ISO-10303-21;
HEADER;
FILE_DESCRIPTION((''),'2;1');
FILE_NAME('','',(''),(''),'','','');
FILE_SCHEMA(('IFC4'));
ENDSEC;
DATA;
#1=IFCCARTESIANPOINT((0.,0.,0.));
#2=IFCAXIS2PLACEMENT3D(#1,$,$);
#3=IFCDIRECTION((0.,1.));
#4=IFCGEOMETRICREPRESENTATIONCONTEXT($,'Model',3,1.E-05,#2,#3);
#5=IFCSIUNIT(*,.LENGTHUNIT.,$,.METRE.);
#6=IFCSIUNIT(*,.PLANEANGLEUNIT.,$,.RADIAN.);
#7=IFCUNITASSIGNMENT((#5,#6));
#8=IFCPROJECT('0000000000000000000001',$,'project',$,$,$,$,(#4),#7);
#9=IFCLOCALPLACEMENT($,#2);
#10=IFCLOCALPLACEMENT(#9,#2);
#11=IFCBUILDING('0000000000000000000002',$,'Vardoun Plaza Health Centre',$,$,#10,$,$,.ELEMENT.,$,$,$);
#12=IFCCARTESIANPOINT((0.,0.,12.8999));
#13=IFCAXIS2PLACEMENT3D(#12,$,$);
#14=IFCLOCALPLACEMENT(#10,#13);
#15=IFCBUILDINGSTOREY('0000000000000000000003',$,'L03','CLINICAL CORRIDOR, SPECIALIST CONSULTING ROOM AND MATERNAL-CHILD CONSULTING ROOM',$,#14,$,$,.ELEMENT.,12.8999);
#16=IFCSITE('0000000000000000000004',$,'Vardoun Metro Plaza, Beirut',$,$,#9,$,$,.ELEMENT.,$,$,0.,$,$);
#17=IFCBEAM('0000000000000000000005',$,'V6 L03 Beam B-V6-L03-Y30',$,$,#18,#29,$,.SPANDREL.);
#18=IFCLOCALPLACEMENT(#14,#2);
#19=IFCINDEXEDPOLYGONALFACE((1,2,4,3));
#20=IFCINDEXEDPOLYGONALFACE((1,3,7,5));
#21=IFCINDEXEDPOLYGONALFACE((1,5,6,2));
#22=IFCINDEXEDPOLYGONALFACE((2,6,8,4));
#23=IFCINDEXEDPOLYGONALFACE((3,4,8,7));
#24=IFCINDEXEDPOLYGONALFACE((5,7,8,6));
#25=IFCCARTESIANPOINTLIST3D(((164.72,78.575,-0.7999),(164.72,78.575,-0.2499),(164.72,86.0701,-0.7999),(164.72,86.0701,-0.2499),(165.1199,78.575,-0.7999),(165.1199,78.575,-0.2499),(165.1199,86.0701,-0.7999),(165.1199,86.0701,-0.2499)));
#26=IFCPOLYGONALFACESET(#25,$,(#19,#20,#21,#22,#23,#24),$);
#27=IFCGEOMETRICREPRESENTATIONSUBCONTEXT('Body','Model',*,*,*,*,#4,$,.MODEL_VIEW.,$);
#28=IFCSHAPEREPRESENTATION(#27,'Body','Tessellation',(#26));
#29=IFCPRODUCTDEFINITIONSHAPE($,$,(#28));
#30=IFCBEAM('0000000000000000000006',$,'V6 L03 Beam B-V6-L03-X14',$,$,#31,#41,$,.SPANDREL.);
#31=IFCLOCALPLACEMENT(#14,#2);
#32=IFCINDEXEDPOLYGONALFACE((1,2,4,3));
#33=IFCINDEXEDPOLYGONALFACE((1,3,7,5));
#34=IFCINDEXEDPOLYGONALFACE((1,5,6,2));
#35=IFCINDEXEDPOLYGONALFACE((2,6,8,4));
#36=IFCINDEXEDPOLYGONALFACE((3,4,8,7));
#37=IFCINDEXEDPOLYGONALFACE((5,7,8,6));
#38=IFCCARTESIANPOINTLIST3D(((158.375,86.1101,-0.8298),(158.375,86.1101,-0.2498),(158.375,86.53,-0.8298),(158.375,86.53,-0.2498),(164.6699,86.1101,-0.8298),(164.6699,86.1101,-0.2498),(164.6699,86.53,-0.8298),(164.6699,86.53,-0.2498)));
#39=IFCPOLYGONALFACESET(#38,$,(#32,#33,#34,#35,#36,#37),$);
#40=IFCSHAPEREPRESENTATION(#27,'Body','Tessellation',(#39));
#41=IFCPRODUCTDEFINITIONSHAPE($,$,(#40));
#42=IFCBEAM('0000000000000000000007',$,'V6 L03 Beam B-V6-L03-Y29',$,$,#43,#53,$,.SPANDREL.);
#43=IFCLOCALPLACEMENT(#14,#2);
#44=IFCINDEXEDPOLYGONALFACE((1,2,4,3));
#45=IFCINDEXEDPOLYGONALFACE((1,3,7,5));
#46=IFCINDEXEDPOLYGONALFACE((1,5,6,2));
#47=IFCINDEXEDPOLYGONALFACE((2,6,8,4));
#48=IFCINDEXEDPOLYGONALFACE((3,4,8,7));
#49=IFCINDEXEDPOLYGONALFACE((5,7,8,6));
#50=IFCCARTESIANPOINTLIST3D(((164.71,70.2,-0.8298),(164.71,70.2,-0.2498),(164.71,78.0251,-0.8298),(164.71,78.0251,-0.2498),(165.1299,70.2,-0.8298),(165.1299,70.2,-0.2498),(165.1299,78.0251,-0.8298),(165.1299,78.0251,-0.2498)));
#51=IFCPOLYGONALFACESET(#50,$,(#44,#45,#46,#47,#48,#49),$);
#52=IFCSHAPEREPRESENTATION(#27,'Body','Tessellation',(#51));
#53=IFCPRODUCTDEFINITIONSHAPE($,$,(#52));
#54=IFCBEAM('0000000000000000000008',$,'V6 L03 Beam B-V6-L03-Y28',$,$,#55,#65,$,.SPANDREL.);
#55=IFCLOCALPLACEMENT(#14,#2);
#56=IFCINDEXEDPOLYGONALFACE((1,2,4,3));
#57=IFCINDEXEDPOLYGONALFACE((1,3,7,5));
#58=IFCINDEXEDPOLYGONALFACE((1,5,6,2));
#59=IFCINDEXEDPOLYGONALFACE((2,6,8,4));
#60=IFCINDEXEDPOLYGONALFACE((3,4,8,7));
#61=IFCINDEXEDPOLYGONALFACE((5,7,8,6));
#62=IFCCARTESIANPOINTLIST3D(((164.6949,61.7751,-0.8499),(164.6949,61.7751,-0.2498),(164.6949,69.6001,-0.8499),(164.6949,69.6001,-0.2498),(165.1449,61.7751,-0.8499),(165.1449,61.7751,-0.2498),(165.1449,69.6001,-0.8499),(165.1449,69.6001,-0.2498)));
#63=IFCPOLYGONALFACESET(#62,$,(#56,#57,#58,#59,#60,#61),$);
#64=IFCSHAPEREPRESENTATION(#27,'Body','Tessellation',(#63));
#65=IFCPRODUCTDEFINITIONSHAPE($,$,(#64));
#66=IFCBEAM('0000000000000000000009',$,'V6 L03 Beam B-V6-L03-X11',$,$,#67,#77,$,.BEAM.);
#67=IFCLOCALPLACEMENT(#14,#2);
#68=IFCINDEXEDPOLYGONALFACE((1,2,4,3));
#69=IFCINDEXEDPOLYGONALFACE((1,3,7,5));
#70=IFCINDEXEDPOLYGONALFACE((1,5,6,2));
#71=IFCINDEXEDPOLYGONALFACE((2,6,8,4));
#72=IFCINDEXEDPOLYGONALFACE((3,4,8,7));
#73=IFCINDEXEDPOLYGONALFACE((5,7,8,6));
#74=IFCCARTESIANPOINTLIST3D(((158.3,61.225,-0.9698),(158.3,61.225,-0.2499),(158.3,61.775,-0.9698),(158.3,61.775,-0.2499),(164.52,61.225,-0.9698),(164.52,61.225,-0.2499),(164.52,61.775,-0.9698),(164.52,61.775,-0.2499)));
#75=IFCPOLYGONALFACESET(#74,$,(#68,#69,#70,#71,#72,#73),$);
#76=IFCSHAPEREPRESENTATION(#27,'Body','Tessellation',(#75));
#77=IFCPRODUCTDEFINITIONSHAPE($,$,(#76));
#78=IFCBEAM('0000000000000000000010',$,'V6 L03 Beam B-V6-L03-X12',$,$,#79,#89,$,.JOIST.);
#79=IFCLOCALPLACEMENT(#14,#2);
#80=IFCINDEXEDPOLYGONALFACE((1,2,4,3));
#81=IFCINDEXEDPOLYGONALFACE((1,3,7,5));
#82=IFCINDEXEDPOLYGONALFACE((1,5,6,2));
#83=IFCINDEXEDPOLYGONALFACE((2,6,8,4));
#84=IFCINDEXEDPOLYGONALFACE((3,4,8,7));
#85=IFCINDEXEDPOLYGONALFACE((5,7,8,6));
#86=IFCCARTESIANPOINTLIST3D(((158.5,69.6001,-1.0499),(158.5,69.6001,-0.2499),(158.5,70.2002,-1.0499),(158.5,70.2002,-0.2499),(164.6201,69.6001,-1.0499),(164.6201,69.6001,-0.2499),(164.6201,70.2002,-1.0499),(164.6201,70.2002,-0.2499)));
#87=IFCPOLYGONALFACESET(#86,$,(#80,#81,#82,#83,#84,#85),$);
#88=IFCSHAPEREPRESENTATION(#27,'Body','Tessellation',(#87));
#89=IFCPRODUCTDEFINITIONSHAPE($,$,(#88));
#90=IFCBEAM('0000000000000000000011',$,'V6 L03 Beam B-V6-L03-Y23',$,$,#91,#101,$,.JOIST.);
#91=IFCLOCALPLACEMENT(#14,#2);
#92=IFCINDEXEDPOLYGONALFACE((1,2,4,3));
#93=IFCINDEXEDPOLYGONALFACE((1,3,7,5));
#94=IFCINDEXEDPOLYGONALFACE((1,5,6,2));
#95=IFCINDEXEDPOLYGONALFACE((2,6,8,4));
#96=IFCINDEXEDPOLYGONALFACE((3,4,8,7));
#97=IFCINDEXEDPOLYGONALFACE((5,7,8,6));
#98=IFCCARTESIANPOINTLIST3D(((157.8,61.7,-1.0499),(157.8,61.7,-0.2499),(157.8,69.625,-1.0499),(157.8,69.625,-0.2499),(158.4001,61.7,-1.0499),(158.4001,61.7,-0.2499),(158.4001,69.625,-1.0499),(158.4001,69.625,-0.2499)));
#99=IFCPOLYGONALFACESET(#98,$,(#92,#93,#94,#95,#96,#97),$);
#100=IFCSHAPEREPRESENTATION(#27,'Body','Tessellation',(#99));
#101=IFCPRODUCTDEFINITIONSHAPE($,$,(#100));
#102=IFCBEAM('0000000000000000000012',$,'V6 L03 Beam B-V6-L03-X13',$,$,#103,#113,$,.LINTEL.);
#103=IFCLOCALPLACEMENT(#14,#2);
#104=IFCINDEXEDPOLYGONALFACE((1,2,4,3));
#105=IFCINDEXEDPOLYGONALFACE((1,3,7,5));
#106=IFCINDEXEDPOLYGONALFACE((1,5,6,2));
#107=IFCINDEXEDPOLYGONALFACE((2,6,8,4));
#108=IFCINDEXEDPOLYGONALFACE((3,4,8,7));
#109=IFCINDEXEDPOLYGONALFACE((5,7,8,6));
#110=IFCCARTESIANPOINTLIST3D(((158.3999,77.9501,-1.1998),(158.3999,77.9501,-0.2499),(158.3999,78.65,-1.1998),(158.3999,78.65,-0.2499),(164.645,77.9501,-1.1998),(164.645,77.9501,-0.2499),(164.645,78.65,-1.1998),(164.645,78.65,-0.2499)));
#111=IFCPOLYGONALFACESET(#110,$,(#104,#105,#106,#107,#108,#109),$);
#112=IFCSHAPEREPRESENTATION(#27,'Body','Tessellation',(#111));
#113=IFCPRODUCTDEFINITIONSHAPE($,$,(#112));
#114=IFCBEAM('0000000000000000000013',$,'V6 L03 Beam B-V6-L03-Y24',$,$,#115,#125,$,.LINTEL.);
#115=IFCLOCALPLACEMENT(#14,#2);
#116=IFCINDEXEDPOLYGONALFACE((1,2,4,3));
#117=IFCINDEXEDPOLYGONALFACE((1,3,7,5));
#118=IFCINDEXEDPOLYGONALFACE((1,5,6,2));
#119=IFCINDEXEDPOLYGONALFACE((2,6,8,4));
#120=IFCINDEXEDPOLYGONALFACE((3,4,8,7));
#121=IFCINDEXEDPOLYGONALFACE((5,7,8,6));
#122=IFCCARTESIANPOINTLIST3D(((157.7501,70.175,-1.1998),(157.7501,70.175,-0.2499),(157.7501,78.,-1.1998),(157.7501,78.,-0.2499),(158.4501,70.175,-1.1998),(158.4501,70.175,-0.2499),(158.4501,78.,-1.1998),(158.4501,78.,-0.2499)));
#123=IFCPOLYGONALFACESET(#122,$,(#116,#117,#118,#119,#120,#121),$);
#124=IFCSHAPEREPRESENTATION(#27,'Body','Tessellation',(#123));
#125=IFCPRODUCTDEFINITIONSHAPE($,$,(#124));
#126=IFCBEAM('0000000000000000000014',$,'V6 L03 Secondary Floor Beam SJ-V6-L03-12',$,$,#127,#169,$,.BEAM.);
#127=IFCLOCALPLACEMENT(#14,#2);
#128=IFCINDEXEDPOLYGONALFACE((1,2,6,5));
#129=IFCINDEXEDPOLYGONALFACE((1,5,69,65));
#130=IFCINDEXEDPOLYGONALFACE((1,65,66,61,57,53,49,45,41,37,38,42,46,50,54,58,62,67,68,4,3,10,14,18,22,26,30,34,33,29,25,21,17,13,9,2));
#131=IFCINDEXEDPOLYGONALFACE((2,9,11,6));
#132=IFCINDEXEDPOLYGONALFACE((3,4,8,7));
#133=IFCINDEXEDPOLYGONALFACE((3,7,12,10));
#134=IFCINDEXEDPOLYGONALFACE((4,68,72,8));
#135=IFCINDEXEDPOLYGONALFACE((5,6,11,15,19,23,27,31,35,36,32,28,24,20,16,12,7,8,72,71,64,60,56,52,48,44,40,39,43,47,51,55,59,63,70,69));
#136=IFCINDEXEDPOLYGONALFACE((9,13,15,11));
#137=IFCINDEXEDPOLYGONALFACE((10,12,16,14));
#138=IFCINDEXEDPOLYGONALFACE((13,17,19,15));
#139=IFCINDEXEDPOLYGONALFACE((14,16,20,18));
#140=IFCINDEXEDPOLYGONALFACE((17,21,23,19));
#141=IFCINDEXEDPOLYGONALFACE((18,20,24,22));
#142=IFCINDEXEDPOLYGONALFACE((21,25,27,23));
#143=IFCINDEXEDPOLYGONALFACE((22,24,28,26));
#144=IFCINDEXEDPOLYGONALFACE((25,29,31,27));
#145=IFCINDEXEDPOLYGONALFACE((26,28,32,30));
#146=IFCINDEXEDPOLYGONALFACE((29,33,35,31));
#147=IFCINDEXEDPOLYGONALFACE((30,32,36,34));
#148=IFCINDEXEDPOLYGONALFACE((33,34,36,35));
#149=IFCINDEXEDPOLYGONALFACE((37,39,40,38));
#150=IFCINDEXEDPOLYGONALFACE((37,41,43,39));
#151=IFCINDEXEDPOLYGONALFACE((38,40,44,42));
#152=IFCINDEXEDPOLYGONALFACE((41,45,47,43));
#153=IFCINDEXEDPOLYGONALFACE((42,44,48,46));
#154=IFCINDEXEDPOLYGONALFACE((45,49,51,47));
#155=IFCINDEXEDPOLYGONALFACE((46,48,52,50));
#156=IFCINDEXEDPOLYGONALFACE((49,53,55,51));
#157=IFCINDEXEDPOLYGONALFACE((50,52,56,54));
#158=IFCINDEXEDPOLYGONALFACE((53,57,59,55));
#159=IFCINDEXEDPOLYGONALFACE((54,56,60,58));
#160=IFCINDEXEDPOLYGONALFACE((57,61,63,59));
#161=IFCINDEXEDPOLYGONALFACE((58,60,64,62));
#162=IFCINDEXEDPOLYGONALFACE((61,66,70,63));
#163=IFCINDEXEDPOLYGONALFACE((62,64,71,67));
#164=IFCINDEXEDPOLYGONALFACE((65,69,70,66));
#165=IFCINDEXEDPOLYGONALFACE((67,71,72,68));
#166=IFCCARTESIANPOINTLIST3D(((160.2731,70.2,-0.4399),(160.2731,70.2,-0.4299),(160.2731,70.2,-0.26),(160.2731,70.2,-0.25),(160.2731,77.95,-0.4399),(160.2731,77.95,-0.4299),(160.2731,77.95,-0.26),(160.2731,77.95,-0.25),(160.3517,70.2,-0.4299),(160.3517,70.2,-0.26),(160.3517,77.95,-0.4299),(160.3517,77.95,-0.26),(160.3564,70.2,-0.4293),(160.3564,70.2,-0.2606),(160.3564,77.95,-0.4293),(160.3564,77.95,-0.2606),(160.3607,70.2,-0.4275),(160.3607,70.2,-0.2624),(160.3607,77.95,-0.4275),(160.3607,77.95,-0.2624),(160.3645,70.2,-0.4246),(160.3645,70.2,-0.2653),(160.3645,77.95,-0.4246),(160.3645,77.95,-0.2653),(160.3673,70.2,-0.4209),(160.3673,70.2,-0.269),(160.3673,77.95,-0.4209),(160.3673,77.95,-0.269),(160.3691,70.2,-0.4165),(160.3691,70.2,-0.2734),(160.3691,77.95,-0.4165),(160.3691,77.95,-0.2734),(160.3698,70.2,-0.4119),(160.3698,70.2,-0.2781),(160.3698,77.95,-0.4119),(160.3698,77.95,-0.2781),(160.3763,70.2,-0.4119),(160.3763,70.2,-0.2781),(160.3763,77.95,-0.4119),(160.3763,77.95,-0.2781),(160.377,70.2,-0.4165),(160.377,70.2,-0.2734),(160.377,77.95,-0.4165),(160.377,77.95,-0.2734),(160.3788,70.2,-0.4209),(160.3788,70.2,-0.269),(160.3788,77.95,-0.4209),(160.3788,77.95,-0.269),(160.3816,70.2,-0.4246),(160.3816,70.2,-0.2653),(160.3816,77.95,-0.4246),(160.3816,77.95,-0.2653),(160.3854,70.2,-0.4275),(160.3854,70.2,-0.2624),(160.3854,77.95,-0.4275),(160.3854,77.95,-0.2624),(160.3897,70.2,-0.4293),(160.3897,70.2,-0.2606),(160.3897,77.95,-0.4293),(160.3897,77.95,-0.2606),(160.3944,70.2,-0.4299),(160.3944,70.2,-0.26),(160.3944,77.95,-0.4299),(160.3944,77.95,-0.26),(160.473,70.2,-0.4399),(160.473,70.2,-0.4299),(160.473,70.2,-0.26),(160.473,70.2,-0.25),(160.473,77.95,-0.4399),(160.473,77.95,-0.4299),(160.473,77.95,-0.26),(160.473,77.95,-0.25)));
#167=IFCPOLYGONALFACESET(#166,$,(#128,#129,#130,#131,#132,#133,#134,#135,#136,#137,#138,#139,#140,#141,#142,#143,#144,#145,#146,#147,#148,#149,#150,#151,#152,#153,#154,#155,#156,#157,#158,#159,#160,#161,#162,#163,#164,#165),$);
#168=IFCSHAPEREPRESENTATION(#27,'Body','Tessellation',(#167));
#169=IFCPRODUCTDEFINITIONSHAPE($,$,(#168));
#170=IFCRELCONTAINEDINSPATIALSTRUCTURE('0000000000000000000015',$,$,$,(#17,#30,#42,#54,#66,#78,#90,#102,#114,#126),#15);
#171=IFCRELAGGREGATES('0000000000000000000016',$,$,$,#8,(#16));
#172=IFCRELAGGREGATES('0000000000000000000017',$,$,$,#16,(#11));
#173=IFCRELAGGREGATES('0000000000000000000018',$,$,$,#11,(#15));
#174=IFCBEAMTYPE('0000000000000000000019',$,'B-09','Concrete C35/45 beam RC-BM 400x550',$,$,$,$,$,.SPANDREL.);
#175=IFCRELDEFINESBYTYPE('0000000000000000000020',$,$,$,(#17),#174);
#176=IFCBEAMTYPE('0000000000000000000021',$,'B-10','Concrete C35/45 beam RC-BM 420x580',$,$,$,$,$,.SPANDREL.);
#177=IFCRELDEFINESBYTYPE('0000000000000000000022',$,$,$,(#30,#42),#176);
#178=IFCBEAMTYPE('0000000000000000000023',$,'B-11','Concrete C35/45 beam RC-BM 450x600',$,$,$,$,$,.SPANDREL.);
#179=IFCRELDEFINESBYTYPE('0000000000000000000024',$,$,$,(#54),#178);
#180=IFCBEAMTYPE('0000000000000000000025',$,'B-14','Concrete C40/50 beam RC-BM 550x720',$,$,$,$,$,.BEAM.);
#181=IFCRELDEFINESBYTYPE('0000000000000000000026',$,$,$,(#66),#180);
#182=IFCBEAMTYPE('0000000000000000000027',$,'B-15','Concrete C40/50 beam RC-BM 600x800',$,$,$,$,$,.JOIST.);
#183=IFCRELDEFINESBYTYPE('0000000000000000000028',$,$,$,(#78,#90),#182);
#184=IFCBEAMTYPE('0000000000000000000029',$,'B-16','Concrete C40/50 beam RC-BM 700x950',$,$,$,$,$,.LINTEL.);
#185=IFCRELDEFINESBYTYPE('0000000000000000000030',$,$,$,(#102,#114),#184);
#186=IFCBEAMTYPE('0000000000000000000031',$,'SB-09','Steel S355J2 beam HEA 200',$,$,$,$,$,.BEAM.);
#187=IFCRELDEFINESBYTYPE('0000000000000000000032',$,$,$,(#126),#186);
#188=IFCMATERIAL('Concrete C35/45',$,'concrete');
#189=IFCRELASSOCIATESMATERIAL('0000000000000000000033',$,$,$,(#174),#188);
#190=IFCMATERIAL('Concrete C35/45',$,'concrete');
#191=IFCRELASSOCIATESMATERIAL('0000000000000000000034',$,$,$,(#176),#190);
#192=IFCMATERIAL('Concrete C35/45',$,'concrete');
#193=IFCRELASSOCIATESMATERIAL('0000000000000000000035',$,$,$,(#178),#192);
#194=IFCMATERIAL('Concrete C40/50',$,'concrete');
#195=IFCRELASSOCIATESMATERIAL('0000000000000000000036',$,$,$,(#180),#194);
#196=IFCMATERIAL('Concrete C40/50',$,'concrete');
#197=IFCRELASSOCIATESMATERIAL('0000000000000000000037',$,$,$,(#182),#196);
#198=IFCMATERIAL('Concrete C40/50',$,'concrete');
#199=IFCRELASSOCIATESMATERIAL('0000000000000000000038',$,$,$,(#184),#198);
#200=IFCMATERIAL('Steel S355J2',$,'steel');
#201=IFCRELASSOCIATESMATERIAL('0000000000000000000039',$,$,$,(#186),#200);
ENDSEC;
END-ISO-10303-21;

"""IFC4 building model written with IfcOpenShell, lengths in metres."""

from ifc_helpers import new_model, si_unit, direction, frame, origin, origin_2d, place, context, subcontext, project, spatial, rectangle, i_section, extrude, material, material_profile, profile_set, type_object, element, save


model = new_model("IFC4")

# Units and contexts
model_context = context("Model", 3, precision=1e-05, world=origin(), true_north=direction((0.0, 1.0)))
body_context = subcontext(model_context, "Body", "Model", "MODEL_VIEW")
ifc_project = project(units=[si_unit("LENGTHUNIT", "METRE"), si_unit("PLANEANGLEUNIT", "RADIAN")], contexts=[model_context])

# Site, building, storey
site_placement = place(None, origin())
site = spatial("IfcSite", under=ifc_project, at=site_placement, Name="Vardoun Metro Plaza, Beirut", CompositionType="ELEMENT", RefElevation=0.0)
building_placement = place(site_placement, origin())
building = spatial("IfcBuilding", under=site, at=building_placement, Name="Vardoun Plaza Health Centre", CompositionType="ELEMENT")
storey_placement = place(building_placement, frame((0.0, 0.0, 12.8999)))
storey = spatial("IfcBuildingStorey", under=building, at=storey_placement, Name="L03", Description="CLINICAL CORRIDOR, SPECIALIST CONSULTING ROOM AND MATERNAL-CHILD CONSULTING ROOM", CompositionType="ELEMENT", Elevation=12.8999)

# Beams
ifc_material_1 = material(Name="Concrete C35/45", Category="concrete")
ifc_material_profile_1 = material_profile(ifc_material_1, rectangle(XDim=0.3999, YDim=0.55, at=origin_2d()), Name="RC-BM 400x550")
ifc_profile_set_1 = profile_set([ifc_material_profile_1], Name="Concrete C35/45")
beam_type_1 = type_object("IfcBeamType", Name="B-09", Description="Concrete C35/45 beam RC-BM 400x550", PredefinedType="SPANDREL", material=ifc_profile_set_1)
beam_1_placement = place(storey_placement, frame((164.9199, 78.575, -0.5249), z_axis=(0.0, 1.0, 0.0), x_axis=(-1.0, 0.0, 0.0)))
element("IfcBeam", 1, at=beam_1_placement, inside=storey, type_object=beam_type_1, Name="V6 L03 Beam B-V6-L03-Y30", PredefinedType="SPANDREL", context=body_context, shape_type="SweptSolid", body=[
    extrude(rectangle(XDim=0.3999, YDim=0.55, at=origin_2d()), origin(), (0.0, 0.0, 1.0), 7.4951),
])
ifc_material_2 = material(Name="Concrete C35/45", Category="concrete")
ifc_material_profile_2 = material_profile(ifc_material_2, rectangle(XDim=0.4199, YDim=0.5801, at=origin_2d()), Name="RC-BM 420x580")
ifc_profile_set_2 = profile_set([ifc_material_profile_2], Name="Concrete C35/45")
beam_type_2 = type_object("IfcBeamType", Name="B-10", Description="Concrete C35/45 beam RC-BM 420x580", PredefinedType="SPANDREL", material=ifc_profile_set_2)
beam_2_placement = place(storey_placement, frame((158.375, 86.3201, -0.5398), z_axis=(1.0, 0.0, 0.0), x_axis=(0.0, 1.0, 0.0)))
element("IfcBeam", 2, at=beam_2_placement, inside=storey, type_object=beam_type_2, Name="V6 L03 Beam B-V6-L03-X14", PredefinedType="SPANDREL", context=body_context, shape_type="SweptSolid", body=[
    extrude(rectangle(XDim=0.4199, YDim=0.5801, at=origin_2d()), origin(), (0.0, 0.0, 1.0), 6.2949),
])
beam_3_placement = place(storey_placement, frame((164.9199, 70.2, -0.5398), z_axis=(0.0, 1.0, 0.0), x_axis=(-1.0, 0.0, 0.0)))
element("IfcBeam", 3, at=beam_3_placement, inside=storey, type_object=beam_type_2, Name="V6 L03 Beam B-V6-L03-Y29", PredefinedType="SPANDREL", context=body_context, shape_type="SweptSolid", body=[
    extrude(rectangle(XDim=0.4199, YDim=0.5801, at=origin_2d()), origin(), (0.0, 0.0, 1.0), 7.8252),
])
ifc_material_3 = material(Name="Concrete C35/45", Category="concrete")
ifc_material_profile_3 = material_profile(ifc_material_3, rectangle(XDim=0.45, YDim=0.6001, at=origin_2d()), Name="RC-BM 450x600")
ifc_profile_set_3 = profile_set([ifc_material_profile_3], Name="Concrete C35/45")
beam_type_3 = type_object("IfcBeamType", Name="B-11", Description="Concrete C35/45 beam RC-BM 450x600", PredefinedType="SPANDREL", material=ifc_profile_set_3)
beam_4_placement = place(storey_placement, frame((164.9199, 61.7751, -0.5498), z_axis=(0.0, 1.0, 0.0), x_axis=(-1.0, 0.0, 0.0)))
element("IfcBeam", 4, at=beam_4_placement, inside=storey, type_object=beam_type_3, Name="V6 L03 Beam B-V6-L03-Y28", PredefinedType="SPANDREL", context=body_context, shape_type="SweptSolid", body=[
    extrude(rectangle(XDim=0.45, YDim=0.6001, at=origin_2d()), origin(), (0.0, 0.0, 1.0), 7.825),
])
ifc_material_4 = material(Name="Concrete C40/50", Category="concrete")
ifc_material_profile_4 = material_profile(ifc_material_4, rectangle(XDim=0.55, YDim=0.72, at=origin_2d()), Name="RC-BM 550x720")
ifc_profile_set_4 = profile_set([ifc_material_profile_4], Name="Concrete C40/50")
beam_type_4 = type_object("IfcBeamType", Name="B-14", Description="Concrete C40/50 beam RC-BM 550x720", PredefinedType="BEAM", material=ifc_profile_set_4)
beam_5_placement = place(storey_placement, frame((158.3, 61.5, -0.6099), z_axis=(1.0, 0.0, 0.0), x_axis=(0.0, 1.0, 0.0)))
element("IfcBeam", 5, at=beam_5_placement, inside=storey, type_object=beam_type_4, Name="V6 L03 Beam B-V6-L03-X11", PredefinedType="BEAM", context=body_context, shape_type="SweptSolid", body=[
    extrude(rectangle(XDim=0.55, YDim=0.72, at=origin_2d()), origin(), (0.0, 0.0, 1.0), 6.22),
])
ifc_material_5 = material(Name="Concrete C40/50", Category="concrete")
ifc_material_profile_5 = material_profile(ifc_material_5, rectangle(XDim=0.6001, YDim=0.8, at=origin_2d()), Name="RC-BM 600x800")
ifc_profile_set_5 = profile_set([ifc_material_profile_5], Name="Concrete C40/50")
beam_type_5 = type_object("IfcBeamType", Name="B-15", Description="Concrete C40/50 beam RC-BM 600x800", PredefinedType="JOIST", material=ifc_profile_set_5)
beam_6_placement = place(storey_placement, frame((158.5, 69.9001, -0.6499), z_axis=(1.0, 0.0, 0.0), x_axis=(0.0, 1.0, 0.0)))
element("IfcBeam", 6, at=beam_6_placement, inside=storey, type_object=beam_type_5, Name="V6 L03 Beam B-V6-L03-X12", PredefinedType="JOIST", context=body_context, shape_type="SweptSolid", body=[
    extrude(rectangle(XDim=0.6001, YDim=0.8, at=origin_2d()), origin(), (0.0, 0.0, 1.0), 6.1201),
])
beam_7_placement = place(storey_placement, frame((158.1001, 61.7, -0.6499), z_axis=(0.0, 1.0, 0.0), x_axis=(-1.0, 0.0, 0.0)))
element("IfcBeam", 7, at=beam_7_placement, inside=storey, type_object=beam_type_5, Name="V6 L03 Beam B-V6-L03-Y23", PredefinedType="JOIST", context=body_context, shape_type="SweptSolid", body=[
    extrude(rectangle(XDim=0.6001, YDim=0.8, at=origin_2d()), origin(), (0.0, 0.0, 1.0), 7.925),
])
ifc_material_6 = material(Name="Concrete C40/50", Category="concrete")
ifc_material_profile_6 = material_profile(ifc_material_6, rectangle(XDim=0.7, YDim=0.95, at=origin_2d()), Name="RC-BM 700x950")
ifc_profile_set_6 = profile_set([ifc_material_profile_6], Name="Concrete C40/50")
beam_type_6 = type_object("IfcBeamType", Name="B-16", Description="Concrete C40/50 beam RC-BM 700x950", PredefinedType="LINTEL", material=ifc_profile_set_6)
beam_8_placement = place(storey_placement, frame((158.3999, 78.3, -0.7249), z_axis=(1.0, 0.0, 0.0), x_axis=(0.0, 1.0, 0.0)))
element("IfcBeam", 8, at=beam_8_placement, inside=storey, type_object=beam_type_6, Name="V6 L03 Beam B-V6-L03-X13", PredefinedType="LINTEL", context=body_context, shape_type="SweptSolid", body=[
    extrude(rectangle(XDim=0.7, YDim=0.95, at=origin_2d()), origin(), (0.0, 0.0, 1.0), 6.2451),
])
beam_9_placement = place(storey_placement, frame((158.1001, 70.175, -0.7249), z_axis=(0.0, 1.0, 0.0), x_axis=(-1.0, 0.0, 0.0)))
element("IfcBeam", 9, at=beam_9_placement, inside=storey, type_object=beam_type_6, Name="V6 L03 Beam B-V6-L03-Y24", PredefinedType="LINTEL", context=body_context, shape_type="SweptSolid", body=[
    extrude(rectangle(XDim=0.7, YDim=0.95, at=origin_2d()), origin(), (0.0, 0.0, 1.0), 7.825),
])
ifc_material_7 = material(Name="Steel S355J2", Category="steel")
ifc_material_profile_7 = material_profile(ifc_material_7, i_section(OverallWidth=0.2, OverallDepth=0.1899, WebThickness=0.0066, FlangeThickness=0.01, FilletRadius=0.0181, at=origin_2d()), Name="HEA 200")
ifc_profile_set_7 = profile_set([ifc_material_profile_7], Name="Steel S355J2")
beam_type_7 = type_object("IfcBeamType", Name="SB-09", Description="Steel S355J2 beam HEA 200", PredefinedType="BEAM", material=ifc_profile_set_7)
beam_10_placement = place(storey_placement, frame((160.373, 70.2, -0.345), z_axis=(0.0, 1.0, 0.0), x_axis=(-1.0, 0.0, 0.0)))
element("IfcBeam", 10, at=beam_10_placement, inside=storey, type_object=beam_type_7, Name="V6 L03 Secondary Floor Beam SJ-V6-L03-12", PredefinedType="BEAM", context=body_context, shape_type="SweptSolid", body=[
    extrude(i_section(OverallWidth=0.2, OverallDepth=0.1899, WebThickness=0.0066, FlangeThickness=0.01, FilletRadius=0.0181, at=origin_2d()), origin(), (0.0, 0.0, 1.0), 7.75),
])

save(model, "model.ifc")
